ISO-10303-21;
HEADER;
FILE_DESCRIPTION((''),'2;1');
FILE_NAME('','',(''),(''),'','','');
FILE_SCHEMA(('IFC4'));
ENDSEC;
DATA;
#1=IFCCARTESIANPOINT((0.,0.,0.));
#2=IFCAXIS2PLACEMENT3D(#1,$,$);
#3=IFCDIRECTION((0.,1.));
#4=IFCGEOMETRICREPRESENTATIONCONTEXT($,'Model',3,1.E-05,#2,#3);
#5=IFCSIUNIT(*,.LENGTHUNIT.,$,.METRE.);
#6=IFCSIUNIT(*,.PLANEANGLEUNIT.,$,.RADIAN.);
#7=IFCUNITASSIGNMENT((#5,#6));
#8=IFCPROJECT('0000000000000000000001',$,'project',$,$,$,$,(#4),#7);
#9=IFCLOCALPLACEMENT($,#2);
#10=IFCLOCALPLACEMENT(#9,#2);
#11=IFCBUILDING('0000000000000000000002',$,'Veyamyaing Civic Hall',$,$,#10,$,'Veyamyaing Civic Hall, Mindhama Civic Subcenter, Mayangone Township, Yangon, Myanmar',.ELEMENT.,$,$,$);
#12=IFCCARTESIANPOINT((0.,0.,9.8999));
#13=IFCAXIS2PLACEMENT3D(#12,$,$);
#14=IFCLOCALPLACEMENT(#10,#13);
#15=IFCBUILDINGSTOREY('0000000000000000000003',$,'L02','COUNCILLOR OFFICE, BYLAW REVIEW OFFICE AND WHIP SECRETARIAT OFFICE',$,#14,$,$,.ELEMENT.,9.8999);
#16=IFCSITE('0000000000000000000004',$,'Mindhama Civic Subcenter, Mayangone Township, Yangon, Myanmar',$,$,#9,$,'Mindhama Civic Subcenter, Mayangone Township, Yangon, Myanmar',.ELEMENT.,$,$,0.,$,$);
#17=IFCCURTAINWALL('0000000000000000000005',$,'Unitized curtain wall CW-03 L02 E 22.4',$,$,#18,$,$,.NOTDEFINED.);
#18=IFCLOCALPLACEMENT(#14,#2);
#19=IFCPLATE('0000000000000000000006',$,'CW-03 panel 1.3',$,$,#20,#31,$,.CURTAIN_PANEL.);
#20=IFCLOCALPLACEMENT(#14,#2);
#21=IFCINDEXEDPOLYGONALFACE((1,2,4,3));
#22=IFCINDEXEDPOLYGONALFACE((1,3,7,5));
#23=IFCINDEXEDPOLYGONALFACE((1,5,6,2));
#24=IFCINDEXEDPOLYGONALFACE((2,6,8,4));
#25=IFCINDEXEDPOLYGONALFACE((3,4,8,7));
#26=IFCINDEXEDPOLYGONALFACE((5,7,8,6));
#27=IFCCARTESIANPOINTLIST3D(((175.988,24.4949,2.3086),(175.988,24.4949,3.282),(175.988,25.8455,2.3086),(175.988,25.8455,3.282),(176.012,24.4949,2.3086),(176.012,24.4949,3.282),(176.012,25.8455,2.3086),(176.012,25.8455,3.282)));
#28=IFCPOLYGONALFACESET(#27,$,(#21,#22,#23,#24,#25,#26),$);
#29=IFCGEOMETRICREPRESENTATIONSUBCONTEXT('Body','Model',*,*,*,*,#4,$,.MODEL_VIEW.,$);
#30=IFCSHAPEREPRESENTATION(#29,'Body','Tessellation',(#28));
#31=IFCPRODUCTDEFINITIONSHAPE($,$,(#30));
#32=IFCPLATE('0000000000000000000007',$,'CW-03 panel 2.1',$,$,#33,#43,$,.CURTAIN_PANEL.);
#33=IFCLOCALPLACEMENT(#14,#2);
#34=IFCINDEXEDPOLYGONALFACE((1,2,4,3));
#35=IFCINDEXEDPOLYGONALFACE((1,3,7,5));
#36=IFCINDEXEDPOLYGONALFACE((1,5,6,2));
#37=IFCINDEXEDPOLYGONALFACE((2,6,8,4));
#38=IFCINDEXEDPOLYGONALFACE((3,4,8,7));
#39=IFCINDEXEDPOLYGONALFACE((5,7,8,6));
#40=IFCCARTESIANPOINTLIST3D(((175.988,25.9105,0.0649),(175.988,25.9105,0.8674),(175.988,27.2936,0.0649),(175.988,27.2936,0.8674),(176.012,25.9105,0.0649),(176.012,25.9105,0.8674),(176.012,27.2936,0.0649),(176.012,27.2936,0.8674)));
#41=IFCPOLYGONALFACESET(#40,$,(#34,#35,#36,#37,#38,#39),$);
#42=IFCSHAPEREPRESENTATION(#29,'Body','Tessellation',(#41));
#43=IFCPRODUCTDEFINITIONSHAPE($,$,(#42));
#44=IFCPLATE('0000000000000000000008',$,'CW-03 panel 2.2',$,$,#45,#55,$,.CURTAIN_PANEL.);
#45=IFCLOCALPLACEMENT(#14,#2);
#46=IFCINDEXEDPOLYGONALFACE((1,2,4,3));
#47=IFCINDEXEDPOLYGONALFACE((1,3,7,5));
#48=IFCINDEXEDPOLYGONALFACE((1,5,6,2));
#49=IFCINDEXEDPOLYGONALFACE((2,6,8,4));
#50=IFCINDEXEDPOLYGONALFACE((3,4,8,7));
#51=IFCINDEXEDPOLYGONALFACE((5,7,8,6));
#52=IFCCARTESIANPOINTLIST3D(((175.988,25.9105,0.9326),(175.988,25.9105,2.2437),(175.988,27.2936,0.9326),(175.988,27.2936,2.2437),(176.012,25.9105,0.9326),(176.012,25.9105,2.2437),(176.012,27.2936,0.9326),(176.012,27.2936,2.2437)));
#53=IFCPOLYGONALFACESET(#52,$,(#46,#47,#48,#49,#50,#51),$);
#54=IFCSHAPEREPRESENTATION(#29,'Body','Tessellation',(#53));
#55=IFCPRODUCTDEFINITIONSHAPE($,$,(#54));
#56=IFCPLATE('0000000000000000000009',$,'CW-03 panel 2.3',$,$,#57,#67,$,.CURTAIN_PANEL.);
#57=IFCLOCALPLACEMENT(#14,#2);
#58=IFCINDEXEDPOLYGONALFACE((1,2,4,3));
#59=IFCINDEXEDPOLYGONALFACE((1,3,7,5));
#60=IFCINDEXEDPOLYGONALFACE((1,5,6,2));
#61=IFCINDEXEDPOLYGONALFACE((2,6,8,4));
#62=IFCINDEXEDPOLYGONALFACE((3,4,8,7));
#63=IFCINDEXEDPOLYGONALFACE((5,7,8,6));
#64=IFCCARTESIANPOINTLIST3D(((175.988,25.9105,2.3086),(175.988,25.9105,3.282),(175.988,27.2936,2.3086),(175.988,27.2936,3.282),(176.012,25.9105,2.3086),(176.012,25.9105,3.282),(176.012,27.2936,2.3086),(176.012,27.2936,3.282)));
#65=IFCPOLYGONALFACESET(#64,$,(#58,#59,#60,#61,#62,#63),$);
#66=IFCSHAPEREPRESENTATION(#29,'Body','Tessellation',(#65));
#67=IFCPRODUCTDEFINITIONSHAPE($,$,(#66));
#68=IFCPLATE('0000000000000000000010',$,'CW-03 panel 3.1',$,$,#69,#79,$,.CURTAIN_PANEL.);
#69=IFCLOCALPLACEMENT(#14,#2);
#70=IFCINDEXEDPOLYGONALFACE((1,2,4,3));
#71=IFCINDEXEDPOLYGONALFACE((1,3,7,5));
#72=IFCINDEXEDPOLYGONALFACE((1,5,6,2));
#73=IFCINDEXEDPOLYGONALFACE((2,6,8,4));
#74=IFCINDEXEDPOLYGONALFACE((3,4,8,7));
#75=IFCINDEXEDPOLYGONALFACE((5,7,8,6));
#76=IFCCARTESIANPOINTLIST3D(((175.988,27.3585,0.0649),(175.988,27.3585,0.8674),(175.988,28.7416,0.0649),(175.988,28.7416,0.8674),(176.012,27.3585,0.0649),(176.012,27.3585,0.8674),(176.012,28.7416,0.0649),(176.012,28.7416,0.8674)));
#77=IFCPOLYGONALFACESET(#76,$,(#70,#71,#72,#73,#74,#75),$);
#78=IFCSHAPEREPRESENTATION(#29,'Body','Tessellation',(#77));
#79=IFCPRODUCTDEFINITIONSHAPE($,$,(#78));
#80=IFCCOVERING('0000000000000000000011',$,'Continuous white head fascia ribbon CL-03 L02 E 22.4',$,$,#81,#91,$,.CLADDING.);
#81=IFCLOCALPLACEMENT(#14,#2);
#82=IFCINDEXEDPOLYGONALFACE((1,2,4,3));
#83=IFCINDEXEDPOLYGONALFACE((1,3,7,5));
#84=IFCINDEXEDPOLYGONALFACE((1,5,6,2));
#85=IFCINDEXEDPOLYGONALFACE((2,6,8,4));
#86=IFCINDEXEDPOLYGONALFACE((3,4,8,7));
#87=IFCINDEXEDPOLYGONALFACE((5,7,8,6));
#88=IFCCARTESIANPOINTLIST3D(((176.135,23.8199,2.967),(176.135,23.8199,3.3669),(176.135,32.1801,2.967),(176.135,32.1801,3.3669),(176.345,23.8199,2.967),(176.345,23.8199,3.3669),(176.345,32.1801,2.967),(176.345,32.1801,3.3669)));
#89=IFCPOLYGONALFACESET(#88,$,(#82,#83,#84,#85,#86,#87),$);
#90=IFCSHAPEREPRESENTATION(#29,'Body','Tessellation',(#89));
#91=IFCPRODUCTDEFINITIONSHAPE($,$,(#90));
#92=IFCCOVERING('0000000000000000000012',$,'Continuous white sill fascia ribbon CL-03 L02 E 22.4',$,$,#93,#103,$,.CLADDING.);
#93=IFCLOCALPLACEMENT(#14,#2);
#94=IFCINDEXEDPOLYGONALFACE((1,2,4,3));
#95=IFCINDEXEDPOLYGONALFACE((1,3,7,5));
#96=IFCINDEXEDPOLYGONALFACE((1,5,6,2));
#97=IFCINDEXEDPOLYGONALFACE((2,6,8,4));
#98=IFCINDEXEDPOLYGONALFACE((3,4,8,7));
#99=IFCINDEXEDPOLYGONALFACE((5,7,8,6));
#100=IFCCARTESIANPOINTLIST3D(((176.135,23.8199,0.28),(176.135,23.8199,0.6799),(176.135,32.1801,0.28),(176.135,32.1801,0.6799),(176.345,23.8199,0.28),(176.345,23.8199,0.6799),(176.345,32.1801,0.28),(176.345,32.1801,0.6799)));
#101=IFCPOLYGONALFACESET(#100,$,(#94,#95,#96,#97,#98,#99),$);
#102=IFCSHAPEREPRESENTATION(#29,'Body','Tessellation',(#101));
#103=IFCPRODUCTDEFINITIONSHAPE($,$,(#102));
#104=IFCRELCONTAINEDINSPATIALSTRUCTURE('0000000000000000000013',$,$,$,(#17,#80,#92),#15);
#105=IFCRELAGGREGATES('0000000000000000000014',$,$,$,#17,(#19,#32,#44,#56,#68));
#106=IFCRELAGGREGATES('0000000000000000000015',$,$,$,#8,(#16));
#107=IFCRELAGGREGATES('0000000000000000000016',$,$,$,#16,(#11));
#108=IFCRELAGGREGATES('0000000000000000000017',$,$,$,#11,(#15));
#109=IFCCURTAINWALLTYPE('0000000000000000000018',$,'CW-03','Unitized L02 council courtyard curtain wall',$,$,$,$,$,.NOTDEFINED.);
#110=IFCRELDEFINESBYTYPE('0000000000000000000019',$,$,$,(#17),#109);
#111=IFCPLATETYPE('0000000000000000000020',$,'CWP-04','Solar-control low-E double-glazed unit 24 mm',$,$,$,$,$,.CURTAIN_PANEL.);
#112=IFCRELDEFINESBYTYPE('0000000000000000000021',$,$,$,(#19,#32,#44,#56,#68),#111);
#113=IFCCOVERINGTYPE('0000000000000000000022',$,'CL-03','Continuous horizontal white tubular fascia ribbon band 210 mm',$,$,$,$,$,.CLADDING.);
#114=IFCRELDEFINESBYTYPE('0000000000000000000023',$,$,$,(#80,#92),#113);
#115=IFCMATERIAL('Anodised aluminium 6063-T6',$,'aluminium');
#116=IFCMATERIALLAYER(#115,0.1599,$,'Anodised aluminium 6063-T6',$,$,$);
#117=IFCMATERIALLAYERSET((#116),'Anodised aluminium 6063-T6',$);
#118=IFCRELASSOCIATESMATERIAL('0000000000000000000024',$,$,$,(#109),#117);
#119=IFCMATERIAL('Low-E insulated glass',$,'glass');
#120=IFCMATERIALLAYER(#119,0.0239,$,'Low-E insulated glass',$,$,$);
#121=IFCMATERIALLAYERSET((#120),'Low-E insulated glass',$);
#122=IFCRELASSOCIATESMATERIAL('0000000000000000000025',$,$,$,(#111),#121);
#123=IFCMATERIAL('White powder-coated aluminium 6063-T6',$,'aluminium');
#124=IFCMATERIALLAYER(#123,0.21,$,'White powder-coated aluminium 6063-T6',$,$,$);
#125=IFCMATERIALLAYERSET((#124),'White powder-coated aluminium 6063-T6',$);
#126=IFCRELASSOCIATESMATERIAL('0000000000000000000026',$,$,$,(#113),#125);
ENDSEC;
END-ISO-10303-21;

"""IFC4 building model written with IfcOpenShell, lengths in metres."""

from ifc_helpers import new_model, si_unit, direction, frame, origin, origin_2d, place, context, subcontext, project, spatial, rectangle, extrude, material, layer, layer_set, type_object, element, aggregate, save


model = new_model("IFC4")

# Units and contexts
model_context = context("Model", 3, precision=1e-05, world=origin(), true_north=direction((0.0, 1.0)))
body_context = subcontext(model_context, "Body", "Model", "MODEL_VIEW")
ifc_project = project(units=[si_unit("LENGTHUNIT", "METRE"), si_unit("PLANEANGLEUNIT", "RADIAN")], contexts=[model_context])

# Site, building, storey
site_placement = place(None, origin())
site = spatial("IfcSite", under=ifc_project, at=site_placement, Name="Mindhama Civic Subcenter, Mayangone Township, Yangon, Myanmar", LongName="Mindhama Civic Subcenter, Mayangone Township, Yangon, Myanmar", CompositionType="ELEMENT", RefElevation=0.0)
building_placement = place(site_placement, origin())
building = spatial("IfcBuilding", under=site, at=building_placement, Name="Veyamyaing Civic Hall", LongName="Veyamyaing Civic Hall, Mindhama Civic Subcenter, Mayangone Township, Yangon, Myanmar", CompositionType="ELEMENT")
storey_placement = place(building_placement, frame((0.0, 0.0, 9.8999)))
storey = spatial("IfcBuildingStorey", under=building, at=storey_placement, Name="L02", Description="COUNCILLOR OFFICE, BYLAW REVIEW OFFICE AND WHIP SECRETARIAT OFFICE", CompositionType="ELEMENT", Elevation=9.8999)

# Curtain wall, plates
ifc_material_1 = material(Name="Anodised aluminium 6063-T6", Category="aluminium")
ifc_layer_1 = layer(ifc_material_1, 0.1599, Name="Anodised aluminium 6063-T6")
ifc_layer_set_1 = layer_set([ifc_layer_1], Name="Anodised aluminium 6063-T6")
curtain_wall_type = type_object("IfcCurtainWallType", Name="CW-03", Description="Unitized L02 council courtyard curtain wall", PredefinedType="NOTDEFINED", material=ifc_layer_set_1)
curtain_wall_placement = place(storey_placement, origin())
curtain_wall = element("IfcCurtainWall", 1, at=curtain_wall_placement, inside=storey, type_object=curtain_wall_type, Name="Unitized curtain wall CW-03 L02 E 22.4", PredefinedType="NOTDEFINED")
ifc_material_2 = material(Name="Low-E insulated glass", Category="glass")
ifc_layer_2 = layer(ifc_material_2, 0.0239, Name="Low-E insulated glass")
ifc_layer_set_2 = layer_set([ifc_layer_2], Name="Low-E insulated glass")
plate_type = type_object("IfcPlateType", Name="CWP-04", Description="Solar-control low-E double-glazed unit 24 mm", PredefinedType="CURTAIN_PANEL", material=ifc_layer_set_2)
plate_1_placement = place(storey_placement, frame((176.0, 25.1702, 2.3086), z_axis=(0.0, 0.0, 1.0), x_axis=(0.0, 1.0, 0.0)))
plate_1 = element("IfcPlate", 2, at=plate_1_placement, type_object=plate_type, Name="CW-03 panel 1.3", PredefinedType="CURTAIN_PANEL", context=body_context, shape_type="SweptSolid", body=[
    extrude(rectangle(XDim=1.3506, YDim=0.0239, at=origin_2d()), origin(), (0.0, 0.0, 1.0), 0.9734),
])
plate_2_placement = place(storey_placement, frame((176.0, 26.6021, 0.0649), z_axis=(0.0, 0.0, 1.0), x_axis=(0.0, 1.0, 0.0)))
plate_2 = element("IfcPlate", 3, at=plate_2_placement, type_object=plate_type, Name="CW-03 panel 2.1", PredefinedType="CURTAIN_PANEL", context=body_context, shape_type="SweptSolid", body=[
    extrude(rectangle(XDim=1.3831, YDim=0.0239, at=origin_2d()), origin(), (0.0, 0.0, 1.0), 0.8025),
])
plate_3_placement = place(storey_placement, frame((176.0, 26.6021, 0.9326), z_axis=(0.0, 0.0, 1.0), x_axis=(0.0, 1.0, 0.0)))
plate_3 = element("IfcPlate", 4, at=plate_3_placement, type_object=plate_type, Name="CW-03 panel 2.2", PredefinedType="CURTAIN_PANEL", context=body_context, shape_type="SweptSolid", body=[
    extrude(rectangle(XDim=1.3831, YDim=0.0239, at=origin_2d()), origin(), (0.0, 0.0, 1.0), 1.311),
])
plate_4_placement = place(storey_placement, frame((176.0, 26.6021, 2.3086), z_axis=(0.0, 0.0, 1.0), x_axis=(0.0, 1.0, 0.0)))
plate_4 = element("IfcPlate", 5, at=plate_4_placement, type_object=plate_type, Name="CW-03 panel 2.3", PredefinedType="CURTAIN_PANEL", context=body_context, shape_type="SweptSolid", body=[
    extrude(rectangle(XDim=1.3831, YDim=0.0239, at=origin_2d()), origin(), (0.0, 0.0, 1.0), 0.9734),
])
plate_5_placement = place(storey_placement, frame((176.0, 28.05, 0.0649), z_axis=(0.0, 0.0, 1.0), x_axis=(0.0, 1.0, 0.0)))
plate_5 = element("IfcPlate", 6, at=plate_5_placement, type_object=plate_type, Name="CW-03 panel 3.1", PredefinedType="CURTAIN_PANEL", context=body_context, shape_type="SweptSolid", body=[
    extrude(rectangle(XDim=1.3831, YDim=0.0239, at=origin_2d()), origin(), (0.0, 0.0, 1.0), 0.8025),
])
aggregate(curtain_wall, [plate_1, plate_2, plate_3, plate_4, plate_5])

# Coverings
ifc_material_3 = material(Name="White powder-coated aluminium 6063-T6", Category="aluminium")
ifc_layer_3 = layer(ifc_material_3, 0.21, Name="White powder-coated aluminium 6063-T6")
ifc_layer_set_3 = layer_set([ifc_layer_3], Name="White powder-coated aluminium 6063-T6")
covering_type = type_object("IfcCoveringType", Name="CL-03", Description="Continuous horizontal white tubular fascia ribbon band 210 mm", PredefinedType="CLADDING", material=ifc_layer_set_3)
for number, where, z_axis, x_axis, name in (
    (7, (176.24, 28.0, 2.967), (0.0, 0.0, 1.0), (0.0, 1.0, 0.0), "Continuous white head fascia ribbon CL-03 L02 E 22.4"),
    (8, (176.24, 28.0, 0.28), (0.0, 0.0, 1.0), (0.0, 1.0, 0.0), "Continuous white sill fascia ribbon CL-03 L02 E 22.4"),
):
    element("IfcCovering", number, at=place(storey_placement, frame(where, z_axis=z_axis, x_axis=x_axis)), inside=storey, type_object=covering_type, Name=name, PredefinedType="CLADDING", context=body_context, shape_type="SweptSolid", body=[
        extrude(rectangle(XDim=8.3601, YDim=0.21, at=origin_2d()), origin(), (0.0, 0.0, 1.0), 0.3999),
    ])

save(model, "model.ifc")
